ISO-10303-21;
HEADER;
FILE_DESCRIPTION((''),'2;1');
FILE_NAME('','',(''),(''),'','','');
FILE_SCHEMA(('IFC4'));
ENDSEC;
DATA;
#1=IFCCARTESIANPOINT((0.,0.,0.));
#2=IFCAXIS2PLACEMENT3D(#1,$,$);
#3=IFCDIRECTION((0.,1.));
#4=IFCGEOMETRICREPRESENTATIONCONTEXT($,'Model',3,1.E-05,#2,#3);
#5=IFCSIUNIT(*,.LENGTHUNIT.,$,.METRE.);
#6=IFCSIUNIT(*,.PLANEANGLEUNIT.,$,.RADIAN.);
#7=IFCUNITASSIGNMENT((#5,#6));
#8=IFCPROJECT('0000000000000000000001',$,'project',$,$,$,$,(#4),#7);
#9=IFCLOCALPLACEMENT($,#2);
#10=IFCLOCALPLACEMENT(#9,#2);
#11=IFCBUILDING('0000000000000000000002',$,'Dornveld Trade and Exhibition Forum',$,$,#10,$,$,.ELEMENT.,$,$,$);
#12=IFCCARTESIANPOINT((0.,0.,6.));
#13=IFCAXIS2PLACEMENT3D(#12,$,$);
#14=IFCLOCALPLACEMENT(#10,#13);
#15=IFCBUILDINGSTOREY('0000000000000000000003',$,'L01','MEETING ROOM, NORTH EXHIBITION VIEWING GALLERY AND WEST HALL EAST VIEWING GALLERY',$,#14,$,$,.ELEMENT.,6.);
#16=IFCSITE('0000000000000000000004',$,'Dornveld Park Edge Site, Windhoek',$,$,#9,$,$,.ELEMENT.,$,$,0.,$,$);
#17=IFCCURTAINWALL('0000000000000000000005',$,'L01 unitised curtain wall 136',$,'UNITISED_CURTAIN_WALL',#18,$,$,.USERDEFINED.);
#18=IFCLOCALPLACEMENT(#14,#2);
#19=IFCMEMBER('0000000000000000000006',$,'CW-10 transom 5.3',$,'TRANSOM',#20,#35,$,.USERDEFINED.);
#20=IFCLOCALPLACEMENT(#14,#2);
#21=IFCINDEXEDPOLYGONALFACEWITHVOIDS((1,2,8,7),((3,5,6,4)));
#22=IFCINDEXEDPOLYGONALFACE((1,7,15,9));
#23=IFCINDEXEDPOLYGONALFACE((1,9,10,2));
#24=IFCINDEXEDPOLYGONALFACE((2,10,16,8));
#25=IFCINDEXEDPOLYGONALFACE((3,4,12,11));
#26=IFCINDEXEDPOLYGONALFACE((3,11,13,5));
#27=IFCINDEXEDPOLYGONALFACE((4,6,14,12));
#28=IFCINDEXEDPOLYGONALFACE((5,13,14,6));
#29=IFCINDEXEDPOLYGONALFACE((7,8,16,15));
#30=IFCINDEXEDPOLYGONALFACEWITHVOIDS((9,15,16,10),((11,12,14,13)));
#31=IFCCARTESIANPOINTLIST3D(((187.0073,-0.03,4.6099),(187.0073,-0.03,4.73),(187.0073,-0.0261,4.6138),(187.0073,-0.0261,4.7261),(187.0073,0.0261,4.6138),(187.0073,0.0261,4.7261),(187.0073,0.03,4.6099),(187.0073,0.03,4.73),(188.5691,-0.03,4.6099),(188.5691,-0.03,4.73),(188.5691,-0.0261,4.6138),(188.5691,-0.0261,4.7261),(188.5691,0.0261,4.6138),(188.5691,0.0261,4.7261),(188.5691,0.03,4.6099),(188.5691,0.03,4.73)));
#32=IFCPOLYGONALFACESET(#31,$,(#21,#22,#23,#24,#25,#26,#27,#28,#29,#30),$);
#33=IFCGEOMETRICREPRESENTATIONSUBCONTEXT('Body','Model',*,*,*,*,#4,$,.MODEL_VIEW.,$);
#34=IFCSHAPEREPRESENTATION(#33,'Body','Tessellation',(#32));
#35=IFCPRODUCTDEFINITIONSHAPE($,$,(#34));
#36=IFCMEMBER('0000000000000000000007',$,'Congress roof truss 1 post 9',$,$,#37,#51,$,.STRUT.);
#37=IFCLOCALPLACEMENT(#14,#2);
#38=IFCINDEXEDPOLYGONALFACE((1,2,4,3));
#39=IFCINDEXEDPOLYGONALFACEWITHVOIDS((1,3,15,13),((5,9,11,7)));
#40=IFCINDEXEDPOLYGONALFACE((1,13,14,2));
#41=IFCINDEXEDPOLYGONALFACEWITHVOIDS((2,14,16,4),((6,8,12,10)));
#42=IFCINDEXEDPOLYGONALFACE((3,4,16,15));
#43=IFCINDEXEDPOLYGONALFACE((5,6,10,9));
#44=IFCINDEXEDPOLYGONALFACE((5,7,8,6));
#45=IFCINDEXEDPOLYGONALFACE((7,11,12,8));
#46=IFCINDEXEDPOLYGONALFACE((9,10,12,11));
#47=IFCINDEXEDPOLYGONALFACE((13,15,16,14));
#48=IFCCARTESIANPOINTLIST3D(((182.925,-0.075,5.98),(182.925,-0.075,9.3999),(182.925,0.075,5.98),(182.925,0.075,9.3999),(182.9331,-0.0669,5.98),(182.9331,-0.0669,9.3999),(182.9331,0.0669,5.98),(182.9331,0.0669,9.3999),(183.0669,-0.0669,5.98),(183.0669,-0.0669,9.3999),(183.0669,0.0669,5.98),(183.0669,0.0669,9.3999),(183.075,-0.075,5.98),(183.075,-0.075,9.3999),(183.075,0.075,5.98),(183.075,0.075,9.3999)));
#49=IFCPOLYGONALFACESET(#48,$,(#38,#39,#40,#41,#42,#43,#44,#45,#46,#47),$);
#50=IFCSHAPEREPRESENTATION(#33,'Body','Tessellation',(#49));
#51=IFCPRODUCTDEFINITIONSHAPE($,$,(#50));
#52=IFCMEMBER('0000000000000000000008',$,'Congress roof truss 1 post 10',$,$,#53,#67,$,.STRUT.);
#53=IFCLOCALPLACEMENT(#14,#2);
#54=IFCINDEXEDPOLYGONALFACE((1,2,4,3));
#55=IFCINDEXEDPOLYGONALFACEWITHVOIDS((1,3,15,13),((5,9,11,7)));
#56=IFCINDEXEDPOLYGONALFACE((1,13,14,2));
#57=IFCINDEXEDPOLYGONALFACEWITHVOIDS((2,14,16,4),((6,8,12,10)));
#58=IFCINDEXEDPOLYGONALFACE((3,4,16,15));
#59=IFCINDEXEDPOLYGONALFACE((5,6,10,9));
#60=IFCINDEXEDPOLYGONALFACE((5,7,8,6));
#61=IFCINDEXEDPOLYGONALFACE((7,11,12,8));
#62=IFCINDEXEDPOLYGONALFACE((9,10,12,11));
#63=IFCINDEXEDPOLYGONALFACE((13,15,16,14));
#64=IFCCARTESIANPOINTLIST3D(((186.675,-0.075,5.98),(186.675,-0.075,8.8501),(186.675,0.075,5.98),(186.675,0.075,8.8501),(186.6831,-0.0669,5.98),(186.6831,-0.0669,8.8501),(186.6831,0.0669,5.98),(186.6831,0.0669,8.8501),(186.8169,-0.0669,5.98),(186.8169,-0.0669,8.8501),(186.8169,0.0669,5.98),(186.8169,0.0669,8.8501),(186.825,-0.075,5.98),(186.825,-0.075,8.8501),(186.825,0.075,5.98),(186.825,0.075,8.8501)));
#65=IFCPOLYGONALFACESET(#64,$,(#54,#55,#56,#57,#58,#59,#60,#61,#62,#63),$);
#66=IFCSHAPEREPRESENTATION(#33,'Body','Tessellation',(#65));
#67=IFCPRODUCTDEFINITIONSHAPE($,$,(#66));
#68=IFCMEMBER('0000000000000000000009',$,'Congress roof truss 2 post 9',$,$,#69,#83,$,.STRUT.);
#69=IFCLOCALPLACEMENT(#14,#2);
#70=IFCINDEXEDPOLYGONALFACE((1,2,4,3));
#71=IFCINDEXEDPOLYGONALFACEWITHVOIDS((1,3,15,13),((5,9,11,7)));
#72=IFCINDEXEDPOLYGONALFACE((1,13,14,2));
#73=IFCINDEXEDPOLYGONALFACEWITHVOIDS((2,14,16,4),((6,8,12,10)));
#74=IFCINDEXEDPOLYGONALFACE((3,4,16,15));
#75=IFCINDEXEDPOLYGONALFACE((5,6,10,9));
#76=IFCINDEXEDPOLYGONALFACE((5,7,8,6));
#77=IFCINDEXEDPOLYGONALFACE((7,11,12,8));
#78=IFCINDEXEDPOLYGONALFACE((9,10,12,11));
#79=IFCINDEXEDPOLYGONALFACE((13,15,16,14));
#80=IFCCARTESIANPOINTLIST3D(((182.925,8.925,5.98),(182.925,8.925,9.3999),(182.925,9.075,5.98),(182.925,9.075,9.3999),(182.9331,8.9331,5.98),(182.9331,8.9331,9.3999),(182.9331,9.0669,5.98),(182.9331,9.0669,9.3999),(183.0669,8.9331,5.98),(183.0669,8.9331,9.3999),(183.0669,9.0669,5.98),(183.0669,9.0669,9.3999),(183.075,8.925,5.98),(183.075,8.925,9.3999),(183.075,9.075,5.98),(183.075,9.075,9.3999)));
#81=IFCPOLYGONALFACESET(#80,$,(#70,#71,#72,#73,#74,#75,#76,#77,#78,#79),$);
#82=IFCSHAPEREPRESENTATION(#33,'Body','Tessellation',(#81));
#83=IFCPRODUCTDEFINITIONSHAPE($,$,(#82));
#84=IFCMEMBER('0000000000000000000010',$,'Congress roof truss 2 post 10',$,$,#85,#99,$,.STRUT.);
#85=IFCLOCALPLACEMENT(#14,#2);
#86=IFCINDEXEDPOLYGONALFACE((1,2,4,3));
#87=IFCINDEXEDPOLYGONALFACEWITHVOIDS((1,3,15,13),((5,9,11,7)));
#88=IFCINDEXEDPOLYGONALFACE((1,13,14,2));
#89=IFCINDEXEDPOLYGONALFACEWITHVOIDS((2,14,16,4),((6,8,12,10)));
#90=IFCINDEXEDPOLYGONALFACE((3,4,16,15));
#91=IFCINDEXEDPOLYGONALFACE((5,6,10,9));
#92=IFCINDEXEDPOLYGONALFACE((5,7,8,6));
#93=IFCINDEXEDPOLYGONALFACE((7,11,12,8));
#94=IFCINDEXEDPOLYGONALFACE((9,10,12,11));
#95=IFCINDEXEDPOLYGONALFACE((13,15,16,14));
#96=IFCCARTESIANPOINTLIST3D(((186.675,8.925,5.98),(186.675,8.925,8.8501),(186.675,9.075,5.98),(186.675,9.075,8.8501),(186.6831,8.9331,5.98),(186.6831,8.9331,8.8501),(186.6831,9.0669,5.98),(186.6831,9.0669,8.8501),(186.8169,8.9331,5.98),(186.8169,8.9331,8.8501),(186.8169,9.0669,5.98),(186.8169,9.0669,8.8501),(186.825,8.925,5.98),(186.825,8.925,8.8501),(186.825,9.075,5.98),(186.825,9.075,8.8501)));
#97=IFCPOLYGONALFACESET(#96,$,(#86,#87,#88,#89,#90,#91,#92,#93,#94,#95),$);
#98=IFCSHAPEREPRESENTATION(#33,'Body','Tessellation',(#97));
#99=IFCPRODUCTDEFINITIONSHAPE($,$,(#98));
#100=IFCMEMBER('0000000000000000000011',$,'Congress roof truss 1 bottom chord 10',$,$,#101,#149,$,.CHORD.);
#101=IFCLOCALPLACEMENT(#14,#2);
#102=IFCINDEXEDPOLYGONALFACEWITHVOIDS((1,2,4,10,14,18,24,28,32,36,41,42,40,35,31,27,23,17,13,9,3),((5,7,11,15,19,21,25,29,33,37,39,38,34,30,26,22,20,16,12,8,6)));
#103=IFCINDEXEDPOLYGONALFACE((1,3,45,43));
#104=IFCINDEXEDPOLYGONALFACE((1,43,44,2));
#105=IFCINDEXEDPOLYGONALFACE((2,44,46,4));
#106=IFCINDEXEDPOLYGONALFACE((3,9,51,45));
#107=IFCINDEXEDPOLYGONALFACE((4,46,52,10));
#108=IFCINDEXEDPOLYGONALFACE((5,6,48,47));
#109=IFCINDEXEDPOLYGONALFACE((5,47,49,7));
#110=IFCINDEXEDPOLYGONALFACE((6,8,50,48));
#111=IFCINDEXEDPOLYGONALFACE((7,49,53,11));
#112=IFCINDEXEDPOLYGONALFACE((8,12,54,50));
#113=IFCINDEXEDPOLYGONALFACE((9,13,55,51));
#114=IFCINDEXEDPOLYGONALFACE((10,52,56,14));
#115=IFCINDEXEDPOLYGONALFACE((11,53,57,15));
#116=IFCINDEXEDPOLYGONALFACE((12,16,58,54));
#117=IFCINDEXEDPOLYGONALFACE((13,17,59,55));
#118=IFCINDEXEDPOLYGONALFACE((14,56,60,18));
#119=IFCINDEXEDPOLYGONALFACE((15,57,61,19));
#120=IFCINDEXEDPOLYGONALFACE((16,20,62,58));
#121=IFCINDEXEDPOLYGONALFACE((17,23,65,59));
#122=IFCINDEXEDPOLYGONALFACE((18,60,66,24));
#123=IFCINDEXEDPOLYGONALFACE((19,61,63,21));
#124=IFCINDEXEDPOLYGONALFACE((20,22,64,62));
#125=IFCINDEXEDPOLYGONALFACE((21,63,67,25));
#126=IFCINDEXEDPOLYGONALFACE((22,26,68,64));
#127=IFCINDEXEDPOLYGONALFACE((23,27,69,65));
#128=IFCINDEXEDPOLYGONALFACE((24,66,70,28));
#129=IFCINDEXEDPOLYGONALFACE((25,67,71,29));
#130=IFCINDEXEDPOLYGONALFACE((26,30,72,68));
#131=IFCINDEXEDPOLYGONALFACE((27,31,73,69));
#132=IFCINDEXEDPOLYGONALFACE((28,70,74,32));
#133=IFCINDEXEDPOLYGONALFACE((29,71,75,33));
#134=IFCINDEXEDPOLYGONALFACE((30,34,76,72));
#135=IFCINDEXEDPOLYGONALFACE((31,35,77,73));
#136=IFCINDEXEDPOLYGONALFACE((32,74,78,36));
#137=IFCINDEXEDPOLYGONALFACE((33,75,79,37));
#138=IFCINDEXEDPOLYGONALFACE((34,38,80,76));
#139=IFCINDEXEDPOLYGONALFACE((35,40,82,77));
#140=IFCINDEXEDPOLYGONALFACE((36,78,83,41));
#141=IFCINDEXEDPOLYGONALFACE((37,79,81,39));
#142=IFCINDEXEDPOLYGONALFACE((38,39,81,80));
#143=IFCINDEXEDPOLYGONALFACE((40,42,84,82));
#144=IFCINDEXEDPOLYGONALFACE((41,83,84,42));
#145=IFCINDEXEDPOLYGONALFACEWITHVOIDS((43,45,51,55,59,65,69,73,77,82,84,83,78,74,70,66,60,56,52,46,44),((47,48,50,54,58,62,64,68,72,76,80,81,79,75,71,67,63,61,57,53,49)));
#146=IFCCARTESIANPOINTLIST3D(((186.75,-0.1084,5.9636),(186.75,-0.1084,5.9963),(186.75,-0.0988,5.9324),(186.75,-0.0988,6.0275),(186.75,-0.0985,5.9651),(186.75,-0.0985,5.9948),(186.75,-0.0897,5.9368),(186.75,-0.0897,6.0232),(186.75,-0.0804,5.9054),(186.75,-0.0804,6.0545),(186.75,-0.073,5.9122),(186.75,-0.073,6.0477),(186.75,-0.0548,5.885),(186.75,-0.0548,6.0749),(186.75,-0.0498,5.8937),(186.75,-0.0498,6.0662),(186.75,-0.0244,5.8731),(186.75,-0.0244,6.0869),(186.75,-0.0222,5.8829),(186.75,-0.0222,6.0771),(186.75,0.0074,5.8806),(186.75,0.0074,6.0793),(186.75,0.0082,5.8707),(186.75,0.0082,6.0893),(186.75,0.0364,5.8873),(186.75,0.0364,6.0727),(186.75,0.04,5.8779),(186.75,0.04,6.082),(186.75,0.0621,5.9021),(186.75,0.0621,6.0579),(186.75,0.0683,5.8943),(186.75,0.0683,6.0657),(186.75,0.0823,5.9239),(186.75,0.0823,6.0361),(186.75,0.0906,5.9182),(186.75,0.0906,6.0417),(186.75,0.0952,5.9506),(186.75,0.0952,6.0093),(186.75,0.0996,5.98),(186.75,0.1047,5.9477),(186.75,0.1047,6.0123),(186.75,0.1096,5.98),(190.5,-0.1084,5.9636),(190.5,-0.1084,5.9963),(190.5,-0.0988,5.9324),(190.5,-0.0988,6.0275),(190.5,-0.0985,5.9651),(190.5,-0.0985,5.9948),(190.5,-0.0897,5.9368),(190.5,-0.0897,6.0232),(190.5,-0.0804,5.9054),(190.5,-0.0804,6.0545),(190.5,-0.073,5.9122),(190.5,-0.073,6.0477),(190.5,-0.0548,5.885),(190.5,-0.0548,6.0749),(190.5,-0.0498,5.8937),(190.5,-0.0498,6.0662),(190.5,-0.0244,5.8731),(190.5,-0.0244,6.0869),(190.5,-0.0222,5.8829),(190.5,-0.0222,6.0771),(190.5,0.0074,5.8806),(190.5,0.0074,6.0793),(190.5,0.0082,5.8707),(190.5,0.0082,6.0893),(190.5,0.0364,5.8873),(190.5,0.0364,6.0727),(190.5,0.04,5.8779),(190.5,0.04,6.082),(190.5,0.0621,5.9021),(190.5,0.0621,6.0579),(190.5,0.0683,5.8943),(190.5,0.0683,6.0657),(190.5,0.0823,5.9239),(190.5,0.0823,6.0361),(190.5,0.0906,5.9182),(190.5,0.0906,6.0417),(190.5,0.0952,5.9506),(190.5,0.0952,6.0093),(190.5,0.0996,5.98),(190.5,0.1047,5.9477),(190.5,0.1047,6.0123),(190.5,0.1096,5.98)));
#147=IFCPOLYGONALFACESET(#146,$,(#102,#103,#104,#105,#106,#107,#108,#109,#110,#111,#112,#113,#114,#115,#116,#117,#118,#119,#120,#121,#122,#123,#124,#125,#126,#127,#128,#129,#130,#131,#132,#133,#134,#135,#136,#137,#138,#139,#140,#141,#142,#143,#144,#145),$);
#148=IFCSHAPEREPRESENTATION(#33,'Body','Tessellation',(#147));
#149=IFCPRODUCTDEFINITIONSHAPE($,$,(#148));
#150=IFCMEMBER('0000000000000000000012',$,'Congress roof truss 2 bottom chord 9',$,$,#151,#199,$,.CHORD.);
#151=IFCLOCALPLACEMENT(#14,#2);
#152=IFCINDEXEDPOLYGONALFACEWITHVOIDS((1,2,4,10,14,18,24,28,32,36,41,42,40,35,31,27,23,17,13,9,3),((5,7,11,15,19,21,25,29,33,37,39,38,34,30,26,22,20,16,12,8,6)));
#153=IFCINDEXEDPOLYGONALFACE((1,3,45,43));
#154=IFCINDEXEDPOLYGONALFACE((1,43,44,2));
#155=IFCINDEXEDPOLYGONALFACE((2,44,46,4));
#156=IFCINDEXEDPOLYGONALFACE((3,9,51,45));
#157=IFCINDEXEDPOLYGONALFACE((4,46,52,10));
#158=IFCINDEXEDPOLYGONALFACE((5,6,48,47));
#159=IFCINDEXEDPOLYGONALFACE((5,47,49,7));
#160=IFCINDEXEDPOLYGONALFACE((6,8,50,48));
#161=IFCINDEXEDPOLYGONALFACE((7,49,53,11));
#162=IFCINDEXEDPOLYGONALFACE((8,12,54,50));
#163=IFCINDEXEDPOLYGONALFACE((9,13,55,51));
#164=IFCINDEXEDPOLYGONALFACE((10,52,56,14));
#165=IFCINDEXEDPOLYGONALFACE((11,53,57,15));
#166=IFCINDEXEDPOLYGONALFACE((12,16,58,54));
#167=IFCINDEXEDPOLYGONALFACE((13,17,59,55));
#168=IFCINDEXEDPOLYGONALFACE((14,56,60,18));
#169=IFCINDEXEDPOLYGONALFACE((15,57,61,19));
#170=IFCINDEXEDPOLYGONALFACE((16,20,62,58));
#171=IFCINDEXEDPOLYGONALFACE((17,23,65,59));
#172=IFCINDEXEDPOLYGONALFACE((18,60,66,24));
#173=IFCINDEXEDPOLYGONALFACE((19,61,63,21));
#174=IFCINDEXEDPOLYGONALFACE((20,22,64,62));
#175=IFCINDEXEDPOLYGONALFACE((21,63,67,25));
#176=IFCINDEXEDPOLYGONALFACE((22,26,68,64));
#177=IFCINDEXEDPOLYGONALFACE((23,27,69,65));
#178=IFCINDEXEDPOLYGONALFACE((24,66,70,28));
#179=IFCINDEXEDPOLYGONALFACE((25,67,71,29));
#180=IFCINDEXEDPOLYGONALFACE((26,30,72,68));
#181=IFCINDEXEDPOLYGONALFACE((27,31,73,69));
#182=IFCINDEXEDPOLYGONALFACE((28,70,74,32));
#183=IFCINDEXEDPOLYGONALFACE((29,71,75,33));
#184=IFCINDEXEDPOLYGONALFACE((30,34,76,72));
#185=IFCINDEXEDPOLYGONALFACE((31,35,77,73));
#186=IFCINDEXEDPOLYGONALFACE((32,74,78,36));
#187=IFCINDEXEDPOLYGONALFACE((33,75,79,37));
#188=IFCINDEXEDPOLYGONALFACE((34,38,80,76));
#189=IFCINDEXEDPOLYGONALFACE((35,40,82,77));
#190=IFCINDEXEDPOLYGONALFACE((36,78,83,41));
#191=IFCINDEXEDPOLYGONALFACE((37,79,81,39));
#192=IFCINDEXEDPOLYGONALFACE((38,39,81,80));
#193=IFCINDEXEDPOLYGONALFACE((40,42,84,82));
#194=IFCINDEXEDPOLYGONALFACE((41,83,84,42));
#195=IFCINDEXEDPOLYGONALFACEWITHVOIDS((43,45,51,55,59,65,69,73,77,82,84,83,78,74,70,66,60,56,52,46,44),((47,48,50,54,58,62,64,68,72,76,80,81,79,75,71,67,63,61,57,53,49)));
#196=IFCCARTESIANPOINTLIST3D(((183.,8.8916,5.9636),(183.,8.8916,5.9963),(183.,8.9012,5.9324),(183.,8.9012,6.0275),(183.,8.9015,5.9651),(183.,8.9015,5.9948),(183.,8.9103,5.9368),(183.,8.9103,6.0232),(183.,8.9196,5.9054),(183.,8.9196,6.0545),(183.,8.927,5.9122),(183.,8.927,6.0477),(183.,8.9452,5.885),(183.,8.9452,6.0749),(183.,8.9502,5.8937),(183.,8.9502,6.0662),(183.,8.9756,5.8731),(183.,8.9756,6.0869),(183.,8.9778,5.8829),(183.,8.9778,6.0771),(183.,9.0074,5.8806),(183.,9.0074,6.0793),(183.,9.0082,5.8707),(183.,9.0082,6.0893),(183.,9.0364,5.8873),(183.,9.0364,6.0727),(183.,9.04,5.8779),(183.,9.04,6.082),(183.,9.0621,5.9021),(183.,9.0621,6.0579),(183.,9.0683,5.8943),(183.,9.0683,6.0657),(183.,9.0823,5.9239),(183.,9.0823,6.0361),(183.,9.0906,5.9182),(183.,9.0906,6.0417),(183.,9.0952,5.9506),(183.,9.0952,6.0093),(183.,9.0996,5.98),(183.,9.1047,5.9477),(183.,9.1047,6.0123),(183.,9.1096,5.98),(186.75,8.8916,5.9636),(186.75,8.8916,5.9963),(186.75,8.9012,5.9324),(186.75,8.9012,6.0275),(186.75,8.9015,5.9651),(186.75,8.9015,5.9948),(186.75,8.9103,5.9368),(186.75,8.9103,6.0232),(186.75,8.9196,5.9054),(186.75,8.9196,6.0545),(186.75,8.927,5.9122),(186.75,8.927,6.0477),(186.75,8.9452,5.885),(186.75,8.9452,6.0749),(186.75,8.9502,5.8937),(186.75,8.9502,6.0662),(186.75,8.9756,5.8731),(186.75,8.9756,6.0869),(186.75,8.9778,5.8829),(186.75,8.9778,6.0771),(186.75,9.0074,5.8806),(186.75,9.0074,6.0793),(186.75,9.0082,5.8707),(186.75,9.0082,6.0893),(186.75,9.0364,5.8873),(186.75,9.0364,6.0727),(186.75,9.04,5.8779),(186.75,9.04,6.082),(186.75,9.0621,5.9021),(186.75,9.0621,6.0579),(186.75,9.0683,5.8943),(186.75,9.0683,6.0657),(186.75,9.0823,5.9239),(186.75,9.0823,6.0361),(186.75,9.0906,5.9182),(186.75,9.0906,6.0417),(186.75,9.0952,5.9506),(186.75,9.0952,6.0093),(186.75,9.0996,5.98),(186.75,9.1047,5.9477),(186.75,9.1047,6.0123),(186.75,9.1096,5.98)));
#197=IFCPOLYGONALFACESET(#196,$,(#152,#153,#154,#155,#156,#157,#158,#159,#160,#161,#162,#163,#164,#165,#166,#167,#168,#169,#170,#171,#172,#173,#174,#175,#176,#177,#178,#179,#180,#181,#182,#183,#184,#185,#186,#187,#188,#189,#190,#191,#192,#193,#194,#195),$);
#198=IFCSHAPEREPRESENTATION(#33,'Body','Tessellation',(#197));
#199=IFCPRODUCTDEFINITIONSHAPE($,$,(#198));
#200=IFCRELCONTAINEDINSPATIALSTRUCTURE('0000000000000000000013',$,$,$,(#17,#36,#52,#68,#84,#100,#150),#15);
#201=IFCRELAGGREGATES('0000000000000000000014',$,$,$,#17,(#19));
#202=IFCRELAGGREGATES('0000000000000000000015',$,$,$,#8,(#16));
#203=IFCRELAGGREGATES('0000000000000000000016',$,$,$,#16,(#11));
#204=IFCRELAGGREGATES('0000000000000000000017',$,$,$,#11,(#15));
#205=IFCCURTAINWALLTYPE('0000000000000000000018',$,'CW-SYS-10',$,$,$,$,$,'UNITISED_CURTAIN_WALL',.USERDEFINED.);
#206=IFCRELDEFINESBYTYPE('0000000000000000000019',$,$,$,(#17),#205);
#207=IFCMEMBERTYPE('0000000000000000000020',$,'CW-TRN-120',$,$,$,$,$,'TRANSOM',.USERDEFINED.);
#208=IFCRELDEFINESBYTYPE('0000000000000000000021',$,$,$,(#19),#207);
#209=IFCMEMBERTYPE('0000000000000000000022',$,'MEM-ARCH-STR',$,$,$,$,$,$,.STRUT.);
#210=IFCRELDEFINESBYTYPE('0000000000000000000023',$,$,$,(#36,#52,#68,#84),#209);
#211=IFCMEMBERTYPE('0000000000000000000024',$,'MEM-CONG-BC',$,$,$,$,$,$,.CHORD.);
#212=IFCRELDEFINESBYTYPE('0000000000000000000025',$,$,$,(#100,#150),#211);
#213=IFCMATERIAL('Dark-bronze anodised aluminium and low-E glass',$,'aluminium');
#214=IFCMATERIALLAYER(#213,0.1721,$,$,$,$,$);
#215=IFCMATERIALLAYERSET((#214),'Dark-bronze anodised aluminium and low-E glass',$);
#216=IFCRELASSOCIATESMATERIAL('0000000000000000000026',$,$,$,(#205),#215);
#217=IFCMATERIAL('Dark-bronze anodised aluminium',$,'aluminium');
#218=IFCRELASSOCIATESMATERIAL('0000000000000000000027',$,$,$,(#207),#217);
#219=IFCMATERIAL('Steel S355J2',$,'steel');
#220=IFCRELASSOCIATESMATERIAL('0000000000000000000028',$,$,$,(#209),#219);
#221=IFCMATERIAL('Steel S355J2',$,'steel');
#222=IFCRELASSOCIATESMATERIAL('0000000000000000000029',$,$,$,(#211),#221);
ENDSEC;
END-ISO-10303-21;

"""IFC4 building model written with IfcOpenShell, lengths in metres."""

from ifc_helpers import new_model, si_unit, direction, frame, origin, origin_2d, place, context, subcontext, project, spatial, hollow_rectangle, hollow_circle, extrude, material, layer, layer_set, material_profile, profile_set, type_object, element, aggregate, save


model = new_model("IFC4")

# Units and contexts
model_context = context("Model", 3, precision=1e-05, world=origin(), true_north=direction((0.0, 1.0)))
body_context = subcontext(model_context, "Body", "Model", "MODEL_VIEW")
ifc_project = project(units=[si_unit("LENGTHUNIT", "METRE"), si_unit("PLANEANGLEUNIT", "RADIAN")], contexts=[model_context])

# Site, building, storey
site_placement = place(None, origin())
site = spatial("IfcSite", under=ifc_project, at=site_placement, Name="Dornveld Park Edge Site, Windhoek", CompositionType="ELEMENT", RefElevation=0.0)
building_placement = place(site_placement, origin())
building = spatial("IfcBuilding", under=site, at=building_placement, Name="Dornveld Trade and Exhibition Forum", CompositionType="ELEMENT")
storey_placement = place(building_placement, frame((0.0, 0.0, 6.0)))
storey = spatial("IfcBuildingStorey", under=building, at=storey_placement, Name="L01", Description="MEETING ROOM, NORTH EXHIBITION VIEWING GALLERY AND WEST HALL EAST VIEWING GALLERY", CompositionType="ELEMENT", Elevation=6.0)

# Curtain wall, member
ifc_material_1 = material(Name="Dark-bronze anodised aluminium and low-E glass", Category="aluminium")
ifc_layer_1 = layer(ifc_material_1, 0.1721)
ifc_layer_set_1 = layer_set([ifc_layer_1], Name="Dark-bronze anodised aluminium and low-E glass")
curtain_wall_type = type_object("IfcCurtainWallType", Name="CW-SYS-10", ElementType="UNITISED_CURTAIN_WALL", PredefinedType="USERDEFINED", material=ifc_layer_set_1)
curtain_wall_placement = place(storey_placement, origin())
curtain_wall = element("IfcCurtainWall", 1, at=curtain_wall_placement, inside=storey, type_object=curtain_wall_type, Name="L01 unitised curtain wall 136", ObjectType="UNITISED_CURTAIN_WALL", PredefinedType="USERDEFINED")
ifc_material_2 = material(Name="Dark-bronze anodised aluminium", Category="aluminium")
ifc_material_profile_1 = material_profile(ifc_material_2, hollow_rectangle(XDim=0.0601, YDim=0.1201, WallThickness=0.0039, at=origin_2d()), Name="RHS 120x60x4")
ifc_profile_set_1 = profile_set([ifc_material_profile_1], Name="Dark-bronze anodised aluminium")
member_type_1 = type_object("IfcMemberType", Name="CW-TRN-120", ElementType="TRANSOM", PredefinedType="USERDEFINED", material=ifc_profile_set_1)
member_1_placement = place(storey_placement, frame((187.0073, 0.0, 4.6699), z_axis=(1.0, 0.0, 0.0), x_axis=(0.0, 1.0, 0.0)))
member_1 = element("IfcMember", 2, at=member_1_placement, type_object=member_type_1, Name="CW-10 transom 5.3", ObjectType="TRANSOM", PredefinedType="USERDEFINED", context=body_context, shape_type="SweptSolid", body=[
    extrude(hollow_rectangle(XDim=0.0601, YDim=0.1201, WallThickness=0.0039, at=origin_2d()), origin(), (0.0, 0.0, 1.0), 1.5618),
])

# Members
ifc_material_3 = material(Name="Steel S355J2", Category="steel")
ifc_material_profile_2 = material_profile(ifc_material_3, hollow_rectangle(XDim=0.1499, YDim=0.1499, WallThickness=0.0081, at=origin_2d()), Name="SHS 150x150x8")
ifc_profile_set_2 = profile_set([ifc_material_profile_2], Name="Steel S355J2")
member_type_2 = type_object("IfcMemberType", Name="MEM-ARCH-STR", PredefinedType="STRUT", material=ifc_profile_set_2)
member_2_placement = place(storey_placement, frame((183.0, 0.0, 5.98), z_axis=(0.0, 0.0, 1.0), x_axis=(1.0, 0.0, 0.0)))
element("IfcMember", 3, at=member_2_placement, inside=storey, type_object=member_type_2, Name="Congress roof truss 1 post 9", PredefinedType="STRUT", context=body_context, shape_type="SweptSolid", body=[
    extrude(hollow_rectangle(XDim=0.1499, YDim=0.1499, WallThickness=0.0081, at=origin_2d()), origin(), (0.0, 0.0, 1.0), 3.4199),
])
member_3_placement = place(storey_placement, frame((186.75, 0.0, 5.98), z_axis=(0.0, 0.0, 1.0), x_axis=(1.0, 0.0, 0.0)))
element("IfcMember", 4, at=member_3_placement, inside=storey, type_object=member_type_2, Name="Congress roof truss 1 post 10", PredefinedType="STRUT", context=body_context, shape_type="SweptSolid", body=[
    extrude(hollow_rectangle(XDim=0.1499, YDim=0.1499, WallThickness=0.0081, at=origin_2d()), origin(), (0.0, 0.0, 1.0), 2.8701),
])
member_4_placement = place(storey_placement, frame((183.0, 9.0, 5.98), z_axis=(0.0, 0.0, 1.0), x_axis=(1.0, 0.0, 0.0)))
element("IfcMember", 5, at=member_4_placement, inside=storey, type_object=member_type_2, Name="Congress roof truss 2 post 9", PredefinedType="STRUT", context=body_context, shape_type="SweptSolid", body=[
    extrude(hollow_rectangle(XDim=0.1499, YDim=0.1499, WallThickness=0.0081, at=origin_2d()), origin(), (0.0, 0.0, 1.0), 3.4199),
])
member_5_placement = place(storey_placement, frame((186.75, 9.0, 5.98), z_axis=(0.0, 0.0, 1.0), x_axis=(1.0, 0.0, 0.0)))
element("IfcMember", 6, at=member_5_placement, inside=storey, type_object=member_type_2, Name="Congress roof truss 2 post 10", PredefinedType="STRUT", context=body_context, shape_type="SweptSolid", body=[
    extrude(hollow_rectangle(XDim=0.1499, YDim=0.1499, WallThickness=0.0081, at=origin_2d()), origin(), (0.0, 0.0, 1.0), 2.8701),
])
ifc_material_4 = material(Name="Steel S355J2", Category="steel")
ifc_material_profile_3 = material_profile(ifc_material_4, hollow_circle(Radius=0.1096, WallThickness=0.01, at=origin_2d()), Name="CHS 219.1x10")
ifc_profile_set_3 = profile_set([ifc_material_profile_3], Name="Steel S355J2")
member_type_3 = type_object("IfcMemberType", Name="MEM-CONG-BC", PredefinedType="CHORD", material=ifc_profile_set_3)
for number, where, z_axis, x_axis, name in (
    (7, (186.75, 0.0, 5.98), (1.0, 0.0, 0.0), (0.0, 1.0, 0.0), "Congress roof truss 1 bottom chord 10"),
    (8, (183.0, 9.0, 5.98), (1.0, 0.0, 0.0), (0.0, 1.0, 0.0), "Congress roof truss 2 bottom chord 9"),
):
    element("IfcMember", number, at=place(storey_placement, frame(where, z_axis=z_axis, x_axis=x_axis)), inside=storey, type_object=member_type_3, Name=name, PredefinedType="CHORD", context=body_context, shape_type="SweptSolid", body=[
        extrude(hollow_circle(Radius=0.1096, WallThickness=0.01, at=origin_2d()), origin(), (0.0, 0.0, 1.0), 3.75),
    ])

aggregate(curtain_wall, [member_1])

save(model, "model.ifc")
